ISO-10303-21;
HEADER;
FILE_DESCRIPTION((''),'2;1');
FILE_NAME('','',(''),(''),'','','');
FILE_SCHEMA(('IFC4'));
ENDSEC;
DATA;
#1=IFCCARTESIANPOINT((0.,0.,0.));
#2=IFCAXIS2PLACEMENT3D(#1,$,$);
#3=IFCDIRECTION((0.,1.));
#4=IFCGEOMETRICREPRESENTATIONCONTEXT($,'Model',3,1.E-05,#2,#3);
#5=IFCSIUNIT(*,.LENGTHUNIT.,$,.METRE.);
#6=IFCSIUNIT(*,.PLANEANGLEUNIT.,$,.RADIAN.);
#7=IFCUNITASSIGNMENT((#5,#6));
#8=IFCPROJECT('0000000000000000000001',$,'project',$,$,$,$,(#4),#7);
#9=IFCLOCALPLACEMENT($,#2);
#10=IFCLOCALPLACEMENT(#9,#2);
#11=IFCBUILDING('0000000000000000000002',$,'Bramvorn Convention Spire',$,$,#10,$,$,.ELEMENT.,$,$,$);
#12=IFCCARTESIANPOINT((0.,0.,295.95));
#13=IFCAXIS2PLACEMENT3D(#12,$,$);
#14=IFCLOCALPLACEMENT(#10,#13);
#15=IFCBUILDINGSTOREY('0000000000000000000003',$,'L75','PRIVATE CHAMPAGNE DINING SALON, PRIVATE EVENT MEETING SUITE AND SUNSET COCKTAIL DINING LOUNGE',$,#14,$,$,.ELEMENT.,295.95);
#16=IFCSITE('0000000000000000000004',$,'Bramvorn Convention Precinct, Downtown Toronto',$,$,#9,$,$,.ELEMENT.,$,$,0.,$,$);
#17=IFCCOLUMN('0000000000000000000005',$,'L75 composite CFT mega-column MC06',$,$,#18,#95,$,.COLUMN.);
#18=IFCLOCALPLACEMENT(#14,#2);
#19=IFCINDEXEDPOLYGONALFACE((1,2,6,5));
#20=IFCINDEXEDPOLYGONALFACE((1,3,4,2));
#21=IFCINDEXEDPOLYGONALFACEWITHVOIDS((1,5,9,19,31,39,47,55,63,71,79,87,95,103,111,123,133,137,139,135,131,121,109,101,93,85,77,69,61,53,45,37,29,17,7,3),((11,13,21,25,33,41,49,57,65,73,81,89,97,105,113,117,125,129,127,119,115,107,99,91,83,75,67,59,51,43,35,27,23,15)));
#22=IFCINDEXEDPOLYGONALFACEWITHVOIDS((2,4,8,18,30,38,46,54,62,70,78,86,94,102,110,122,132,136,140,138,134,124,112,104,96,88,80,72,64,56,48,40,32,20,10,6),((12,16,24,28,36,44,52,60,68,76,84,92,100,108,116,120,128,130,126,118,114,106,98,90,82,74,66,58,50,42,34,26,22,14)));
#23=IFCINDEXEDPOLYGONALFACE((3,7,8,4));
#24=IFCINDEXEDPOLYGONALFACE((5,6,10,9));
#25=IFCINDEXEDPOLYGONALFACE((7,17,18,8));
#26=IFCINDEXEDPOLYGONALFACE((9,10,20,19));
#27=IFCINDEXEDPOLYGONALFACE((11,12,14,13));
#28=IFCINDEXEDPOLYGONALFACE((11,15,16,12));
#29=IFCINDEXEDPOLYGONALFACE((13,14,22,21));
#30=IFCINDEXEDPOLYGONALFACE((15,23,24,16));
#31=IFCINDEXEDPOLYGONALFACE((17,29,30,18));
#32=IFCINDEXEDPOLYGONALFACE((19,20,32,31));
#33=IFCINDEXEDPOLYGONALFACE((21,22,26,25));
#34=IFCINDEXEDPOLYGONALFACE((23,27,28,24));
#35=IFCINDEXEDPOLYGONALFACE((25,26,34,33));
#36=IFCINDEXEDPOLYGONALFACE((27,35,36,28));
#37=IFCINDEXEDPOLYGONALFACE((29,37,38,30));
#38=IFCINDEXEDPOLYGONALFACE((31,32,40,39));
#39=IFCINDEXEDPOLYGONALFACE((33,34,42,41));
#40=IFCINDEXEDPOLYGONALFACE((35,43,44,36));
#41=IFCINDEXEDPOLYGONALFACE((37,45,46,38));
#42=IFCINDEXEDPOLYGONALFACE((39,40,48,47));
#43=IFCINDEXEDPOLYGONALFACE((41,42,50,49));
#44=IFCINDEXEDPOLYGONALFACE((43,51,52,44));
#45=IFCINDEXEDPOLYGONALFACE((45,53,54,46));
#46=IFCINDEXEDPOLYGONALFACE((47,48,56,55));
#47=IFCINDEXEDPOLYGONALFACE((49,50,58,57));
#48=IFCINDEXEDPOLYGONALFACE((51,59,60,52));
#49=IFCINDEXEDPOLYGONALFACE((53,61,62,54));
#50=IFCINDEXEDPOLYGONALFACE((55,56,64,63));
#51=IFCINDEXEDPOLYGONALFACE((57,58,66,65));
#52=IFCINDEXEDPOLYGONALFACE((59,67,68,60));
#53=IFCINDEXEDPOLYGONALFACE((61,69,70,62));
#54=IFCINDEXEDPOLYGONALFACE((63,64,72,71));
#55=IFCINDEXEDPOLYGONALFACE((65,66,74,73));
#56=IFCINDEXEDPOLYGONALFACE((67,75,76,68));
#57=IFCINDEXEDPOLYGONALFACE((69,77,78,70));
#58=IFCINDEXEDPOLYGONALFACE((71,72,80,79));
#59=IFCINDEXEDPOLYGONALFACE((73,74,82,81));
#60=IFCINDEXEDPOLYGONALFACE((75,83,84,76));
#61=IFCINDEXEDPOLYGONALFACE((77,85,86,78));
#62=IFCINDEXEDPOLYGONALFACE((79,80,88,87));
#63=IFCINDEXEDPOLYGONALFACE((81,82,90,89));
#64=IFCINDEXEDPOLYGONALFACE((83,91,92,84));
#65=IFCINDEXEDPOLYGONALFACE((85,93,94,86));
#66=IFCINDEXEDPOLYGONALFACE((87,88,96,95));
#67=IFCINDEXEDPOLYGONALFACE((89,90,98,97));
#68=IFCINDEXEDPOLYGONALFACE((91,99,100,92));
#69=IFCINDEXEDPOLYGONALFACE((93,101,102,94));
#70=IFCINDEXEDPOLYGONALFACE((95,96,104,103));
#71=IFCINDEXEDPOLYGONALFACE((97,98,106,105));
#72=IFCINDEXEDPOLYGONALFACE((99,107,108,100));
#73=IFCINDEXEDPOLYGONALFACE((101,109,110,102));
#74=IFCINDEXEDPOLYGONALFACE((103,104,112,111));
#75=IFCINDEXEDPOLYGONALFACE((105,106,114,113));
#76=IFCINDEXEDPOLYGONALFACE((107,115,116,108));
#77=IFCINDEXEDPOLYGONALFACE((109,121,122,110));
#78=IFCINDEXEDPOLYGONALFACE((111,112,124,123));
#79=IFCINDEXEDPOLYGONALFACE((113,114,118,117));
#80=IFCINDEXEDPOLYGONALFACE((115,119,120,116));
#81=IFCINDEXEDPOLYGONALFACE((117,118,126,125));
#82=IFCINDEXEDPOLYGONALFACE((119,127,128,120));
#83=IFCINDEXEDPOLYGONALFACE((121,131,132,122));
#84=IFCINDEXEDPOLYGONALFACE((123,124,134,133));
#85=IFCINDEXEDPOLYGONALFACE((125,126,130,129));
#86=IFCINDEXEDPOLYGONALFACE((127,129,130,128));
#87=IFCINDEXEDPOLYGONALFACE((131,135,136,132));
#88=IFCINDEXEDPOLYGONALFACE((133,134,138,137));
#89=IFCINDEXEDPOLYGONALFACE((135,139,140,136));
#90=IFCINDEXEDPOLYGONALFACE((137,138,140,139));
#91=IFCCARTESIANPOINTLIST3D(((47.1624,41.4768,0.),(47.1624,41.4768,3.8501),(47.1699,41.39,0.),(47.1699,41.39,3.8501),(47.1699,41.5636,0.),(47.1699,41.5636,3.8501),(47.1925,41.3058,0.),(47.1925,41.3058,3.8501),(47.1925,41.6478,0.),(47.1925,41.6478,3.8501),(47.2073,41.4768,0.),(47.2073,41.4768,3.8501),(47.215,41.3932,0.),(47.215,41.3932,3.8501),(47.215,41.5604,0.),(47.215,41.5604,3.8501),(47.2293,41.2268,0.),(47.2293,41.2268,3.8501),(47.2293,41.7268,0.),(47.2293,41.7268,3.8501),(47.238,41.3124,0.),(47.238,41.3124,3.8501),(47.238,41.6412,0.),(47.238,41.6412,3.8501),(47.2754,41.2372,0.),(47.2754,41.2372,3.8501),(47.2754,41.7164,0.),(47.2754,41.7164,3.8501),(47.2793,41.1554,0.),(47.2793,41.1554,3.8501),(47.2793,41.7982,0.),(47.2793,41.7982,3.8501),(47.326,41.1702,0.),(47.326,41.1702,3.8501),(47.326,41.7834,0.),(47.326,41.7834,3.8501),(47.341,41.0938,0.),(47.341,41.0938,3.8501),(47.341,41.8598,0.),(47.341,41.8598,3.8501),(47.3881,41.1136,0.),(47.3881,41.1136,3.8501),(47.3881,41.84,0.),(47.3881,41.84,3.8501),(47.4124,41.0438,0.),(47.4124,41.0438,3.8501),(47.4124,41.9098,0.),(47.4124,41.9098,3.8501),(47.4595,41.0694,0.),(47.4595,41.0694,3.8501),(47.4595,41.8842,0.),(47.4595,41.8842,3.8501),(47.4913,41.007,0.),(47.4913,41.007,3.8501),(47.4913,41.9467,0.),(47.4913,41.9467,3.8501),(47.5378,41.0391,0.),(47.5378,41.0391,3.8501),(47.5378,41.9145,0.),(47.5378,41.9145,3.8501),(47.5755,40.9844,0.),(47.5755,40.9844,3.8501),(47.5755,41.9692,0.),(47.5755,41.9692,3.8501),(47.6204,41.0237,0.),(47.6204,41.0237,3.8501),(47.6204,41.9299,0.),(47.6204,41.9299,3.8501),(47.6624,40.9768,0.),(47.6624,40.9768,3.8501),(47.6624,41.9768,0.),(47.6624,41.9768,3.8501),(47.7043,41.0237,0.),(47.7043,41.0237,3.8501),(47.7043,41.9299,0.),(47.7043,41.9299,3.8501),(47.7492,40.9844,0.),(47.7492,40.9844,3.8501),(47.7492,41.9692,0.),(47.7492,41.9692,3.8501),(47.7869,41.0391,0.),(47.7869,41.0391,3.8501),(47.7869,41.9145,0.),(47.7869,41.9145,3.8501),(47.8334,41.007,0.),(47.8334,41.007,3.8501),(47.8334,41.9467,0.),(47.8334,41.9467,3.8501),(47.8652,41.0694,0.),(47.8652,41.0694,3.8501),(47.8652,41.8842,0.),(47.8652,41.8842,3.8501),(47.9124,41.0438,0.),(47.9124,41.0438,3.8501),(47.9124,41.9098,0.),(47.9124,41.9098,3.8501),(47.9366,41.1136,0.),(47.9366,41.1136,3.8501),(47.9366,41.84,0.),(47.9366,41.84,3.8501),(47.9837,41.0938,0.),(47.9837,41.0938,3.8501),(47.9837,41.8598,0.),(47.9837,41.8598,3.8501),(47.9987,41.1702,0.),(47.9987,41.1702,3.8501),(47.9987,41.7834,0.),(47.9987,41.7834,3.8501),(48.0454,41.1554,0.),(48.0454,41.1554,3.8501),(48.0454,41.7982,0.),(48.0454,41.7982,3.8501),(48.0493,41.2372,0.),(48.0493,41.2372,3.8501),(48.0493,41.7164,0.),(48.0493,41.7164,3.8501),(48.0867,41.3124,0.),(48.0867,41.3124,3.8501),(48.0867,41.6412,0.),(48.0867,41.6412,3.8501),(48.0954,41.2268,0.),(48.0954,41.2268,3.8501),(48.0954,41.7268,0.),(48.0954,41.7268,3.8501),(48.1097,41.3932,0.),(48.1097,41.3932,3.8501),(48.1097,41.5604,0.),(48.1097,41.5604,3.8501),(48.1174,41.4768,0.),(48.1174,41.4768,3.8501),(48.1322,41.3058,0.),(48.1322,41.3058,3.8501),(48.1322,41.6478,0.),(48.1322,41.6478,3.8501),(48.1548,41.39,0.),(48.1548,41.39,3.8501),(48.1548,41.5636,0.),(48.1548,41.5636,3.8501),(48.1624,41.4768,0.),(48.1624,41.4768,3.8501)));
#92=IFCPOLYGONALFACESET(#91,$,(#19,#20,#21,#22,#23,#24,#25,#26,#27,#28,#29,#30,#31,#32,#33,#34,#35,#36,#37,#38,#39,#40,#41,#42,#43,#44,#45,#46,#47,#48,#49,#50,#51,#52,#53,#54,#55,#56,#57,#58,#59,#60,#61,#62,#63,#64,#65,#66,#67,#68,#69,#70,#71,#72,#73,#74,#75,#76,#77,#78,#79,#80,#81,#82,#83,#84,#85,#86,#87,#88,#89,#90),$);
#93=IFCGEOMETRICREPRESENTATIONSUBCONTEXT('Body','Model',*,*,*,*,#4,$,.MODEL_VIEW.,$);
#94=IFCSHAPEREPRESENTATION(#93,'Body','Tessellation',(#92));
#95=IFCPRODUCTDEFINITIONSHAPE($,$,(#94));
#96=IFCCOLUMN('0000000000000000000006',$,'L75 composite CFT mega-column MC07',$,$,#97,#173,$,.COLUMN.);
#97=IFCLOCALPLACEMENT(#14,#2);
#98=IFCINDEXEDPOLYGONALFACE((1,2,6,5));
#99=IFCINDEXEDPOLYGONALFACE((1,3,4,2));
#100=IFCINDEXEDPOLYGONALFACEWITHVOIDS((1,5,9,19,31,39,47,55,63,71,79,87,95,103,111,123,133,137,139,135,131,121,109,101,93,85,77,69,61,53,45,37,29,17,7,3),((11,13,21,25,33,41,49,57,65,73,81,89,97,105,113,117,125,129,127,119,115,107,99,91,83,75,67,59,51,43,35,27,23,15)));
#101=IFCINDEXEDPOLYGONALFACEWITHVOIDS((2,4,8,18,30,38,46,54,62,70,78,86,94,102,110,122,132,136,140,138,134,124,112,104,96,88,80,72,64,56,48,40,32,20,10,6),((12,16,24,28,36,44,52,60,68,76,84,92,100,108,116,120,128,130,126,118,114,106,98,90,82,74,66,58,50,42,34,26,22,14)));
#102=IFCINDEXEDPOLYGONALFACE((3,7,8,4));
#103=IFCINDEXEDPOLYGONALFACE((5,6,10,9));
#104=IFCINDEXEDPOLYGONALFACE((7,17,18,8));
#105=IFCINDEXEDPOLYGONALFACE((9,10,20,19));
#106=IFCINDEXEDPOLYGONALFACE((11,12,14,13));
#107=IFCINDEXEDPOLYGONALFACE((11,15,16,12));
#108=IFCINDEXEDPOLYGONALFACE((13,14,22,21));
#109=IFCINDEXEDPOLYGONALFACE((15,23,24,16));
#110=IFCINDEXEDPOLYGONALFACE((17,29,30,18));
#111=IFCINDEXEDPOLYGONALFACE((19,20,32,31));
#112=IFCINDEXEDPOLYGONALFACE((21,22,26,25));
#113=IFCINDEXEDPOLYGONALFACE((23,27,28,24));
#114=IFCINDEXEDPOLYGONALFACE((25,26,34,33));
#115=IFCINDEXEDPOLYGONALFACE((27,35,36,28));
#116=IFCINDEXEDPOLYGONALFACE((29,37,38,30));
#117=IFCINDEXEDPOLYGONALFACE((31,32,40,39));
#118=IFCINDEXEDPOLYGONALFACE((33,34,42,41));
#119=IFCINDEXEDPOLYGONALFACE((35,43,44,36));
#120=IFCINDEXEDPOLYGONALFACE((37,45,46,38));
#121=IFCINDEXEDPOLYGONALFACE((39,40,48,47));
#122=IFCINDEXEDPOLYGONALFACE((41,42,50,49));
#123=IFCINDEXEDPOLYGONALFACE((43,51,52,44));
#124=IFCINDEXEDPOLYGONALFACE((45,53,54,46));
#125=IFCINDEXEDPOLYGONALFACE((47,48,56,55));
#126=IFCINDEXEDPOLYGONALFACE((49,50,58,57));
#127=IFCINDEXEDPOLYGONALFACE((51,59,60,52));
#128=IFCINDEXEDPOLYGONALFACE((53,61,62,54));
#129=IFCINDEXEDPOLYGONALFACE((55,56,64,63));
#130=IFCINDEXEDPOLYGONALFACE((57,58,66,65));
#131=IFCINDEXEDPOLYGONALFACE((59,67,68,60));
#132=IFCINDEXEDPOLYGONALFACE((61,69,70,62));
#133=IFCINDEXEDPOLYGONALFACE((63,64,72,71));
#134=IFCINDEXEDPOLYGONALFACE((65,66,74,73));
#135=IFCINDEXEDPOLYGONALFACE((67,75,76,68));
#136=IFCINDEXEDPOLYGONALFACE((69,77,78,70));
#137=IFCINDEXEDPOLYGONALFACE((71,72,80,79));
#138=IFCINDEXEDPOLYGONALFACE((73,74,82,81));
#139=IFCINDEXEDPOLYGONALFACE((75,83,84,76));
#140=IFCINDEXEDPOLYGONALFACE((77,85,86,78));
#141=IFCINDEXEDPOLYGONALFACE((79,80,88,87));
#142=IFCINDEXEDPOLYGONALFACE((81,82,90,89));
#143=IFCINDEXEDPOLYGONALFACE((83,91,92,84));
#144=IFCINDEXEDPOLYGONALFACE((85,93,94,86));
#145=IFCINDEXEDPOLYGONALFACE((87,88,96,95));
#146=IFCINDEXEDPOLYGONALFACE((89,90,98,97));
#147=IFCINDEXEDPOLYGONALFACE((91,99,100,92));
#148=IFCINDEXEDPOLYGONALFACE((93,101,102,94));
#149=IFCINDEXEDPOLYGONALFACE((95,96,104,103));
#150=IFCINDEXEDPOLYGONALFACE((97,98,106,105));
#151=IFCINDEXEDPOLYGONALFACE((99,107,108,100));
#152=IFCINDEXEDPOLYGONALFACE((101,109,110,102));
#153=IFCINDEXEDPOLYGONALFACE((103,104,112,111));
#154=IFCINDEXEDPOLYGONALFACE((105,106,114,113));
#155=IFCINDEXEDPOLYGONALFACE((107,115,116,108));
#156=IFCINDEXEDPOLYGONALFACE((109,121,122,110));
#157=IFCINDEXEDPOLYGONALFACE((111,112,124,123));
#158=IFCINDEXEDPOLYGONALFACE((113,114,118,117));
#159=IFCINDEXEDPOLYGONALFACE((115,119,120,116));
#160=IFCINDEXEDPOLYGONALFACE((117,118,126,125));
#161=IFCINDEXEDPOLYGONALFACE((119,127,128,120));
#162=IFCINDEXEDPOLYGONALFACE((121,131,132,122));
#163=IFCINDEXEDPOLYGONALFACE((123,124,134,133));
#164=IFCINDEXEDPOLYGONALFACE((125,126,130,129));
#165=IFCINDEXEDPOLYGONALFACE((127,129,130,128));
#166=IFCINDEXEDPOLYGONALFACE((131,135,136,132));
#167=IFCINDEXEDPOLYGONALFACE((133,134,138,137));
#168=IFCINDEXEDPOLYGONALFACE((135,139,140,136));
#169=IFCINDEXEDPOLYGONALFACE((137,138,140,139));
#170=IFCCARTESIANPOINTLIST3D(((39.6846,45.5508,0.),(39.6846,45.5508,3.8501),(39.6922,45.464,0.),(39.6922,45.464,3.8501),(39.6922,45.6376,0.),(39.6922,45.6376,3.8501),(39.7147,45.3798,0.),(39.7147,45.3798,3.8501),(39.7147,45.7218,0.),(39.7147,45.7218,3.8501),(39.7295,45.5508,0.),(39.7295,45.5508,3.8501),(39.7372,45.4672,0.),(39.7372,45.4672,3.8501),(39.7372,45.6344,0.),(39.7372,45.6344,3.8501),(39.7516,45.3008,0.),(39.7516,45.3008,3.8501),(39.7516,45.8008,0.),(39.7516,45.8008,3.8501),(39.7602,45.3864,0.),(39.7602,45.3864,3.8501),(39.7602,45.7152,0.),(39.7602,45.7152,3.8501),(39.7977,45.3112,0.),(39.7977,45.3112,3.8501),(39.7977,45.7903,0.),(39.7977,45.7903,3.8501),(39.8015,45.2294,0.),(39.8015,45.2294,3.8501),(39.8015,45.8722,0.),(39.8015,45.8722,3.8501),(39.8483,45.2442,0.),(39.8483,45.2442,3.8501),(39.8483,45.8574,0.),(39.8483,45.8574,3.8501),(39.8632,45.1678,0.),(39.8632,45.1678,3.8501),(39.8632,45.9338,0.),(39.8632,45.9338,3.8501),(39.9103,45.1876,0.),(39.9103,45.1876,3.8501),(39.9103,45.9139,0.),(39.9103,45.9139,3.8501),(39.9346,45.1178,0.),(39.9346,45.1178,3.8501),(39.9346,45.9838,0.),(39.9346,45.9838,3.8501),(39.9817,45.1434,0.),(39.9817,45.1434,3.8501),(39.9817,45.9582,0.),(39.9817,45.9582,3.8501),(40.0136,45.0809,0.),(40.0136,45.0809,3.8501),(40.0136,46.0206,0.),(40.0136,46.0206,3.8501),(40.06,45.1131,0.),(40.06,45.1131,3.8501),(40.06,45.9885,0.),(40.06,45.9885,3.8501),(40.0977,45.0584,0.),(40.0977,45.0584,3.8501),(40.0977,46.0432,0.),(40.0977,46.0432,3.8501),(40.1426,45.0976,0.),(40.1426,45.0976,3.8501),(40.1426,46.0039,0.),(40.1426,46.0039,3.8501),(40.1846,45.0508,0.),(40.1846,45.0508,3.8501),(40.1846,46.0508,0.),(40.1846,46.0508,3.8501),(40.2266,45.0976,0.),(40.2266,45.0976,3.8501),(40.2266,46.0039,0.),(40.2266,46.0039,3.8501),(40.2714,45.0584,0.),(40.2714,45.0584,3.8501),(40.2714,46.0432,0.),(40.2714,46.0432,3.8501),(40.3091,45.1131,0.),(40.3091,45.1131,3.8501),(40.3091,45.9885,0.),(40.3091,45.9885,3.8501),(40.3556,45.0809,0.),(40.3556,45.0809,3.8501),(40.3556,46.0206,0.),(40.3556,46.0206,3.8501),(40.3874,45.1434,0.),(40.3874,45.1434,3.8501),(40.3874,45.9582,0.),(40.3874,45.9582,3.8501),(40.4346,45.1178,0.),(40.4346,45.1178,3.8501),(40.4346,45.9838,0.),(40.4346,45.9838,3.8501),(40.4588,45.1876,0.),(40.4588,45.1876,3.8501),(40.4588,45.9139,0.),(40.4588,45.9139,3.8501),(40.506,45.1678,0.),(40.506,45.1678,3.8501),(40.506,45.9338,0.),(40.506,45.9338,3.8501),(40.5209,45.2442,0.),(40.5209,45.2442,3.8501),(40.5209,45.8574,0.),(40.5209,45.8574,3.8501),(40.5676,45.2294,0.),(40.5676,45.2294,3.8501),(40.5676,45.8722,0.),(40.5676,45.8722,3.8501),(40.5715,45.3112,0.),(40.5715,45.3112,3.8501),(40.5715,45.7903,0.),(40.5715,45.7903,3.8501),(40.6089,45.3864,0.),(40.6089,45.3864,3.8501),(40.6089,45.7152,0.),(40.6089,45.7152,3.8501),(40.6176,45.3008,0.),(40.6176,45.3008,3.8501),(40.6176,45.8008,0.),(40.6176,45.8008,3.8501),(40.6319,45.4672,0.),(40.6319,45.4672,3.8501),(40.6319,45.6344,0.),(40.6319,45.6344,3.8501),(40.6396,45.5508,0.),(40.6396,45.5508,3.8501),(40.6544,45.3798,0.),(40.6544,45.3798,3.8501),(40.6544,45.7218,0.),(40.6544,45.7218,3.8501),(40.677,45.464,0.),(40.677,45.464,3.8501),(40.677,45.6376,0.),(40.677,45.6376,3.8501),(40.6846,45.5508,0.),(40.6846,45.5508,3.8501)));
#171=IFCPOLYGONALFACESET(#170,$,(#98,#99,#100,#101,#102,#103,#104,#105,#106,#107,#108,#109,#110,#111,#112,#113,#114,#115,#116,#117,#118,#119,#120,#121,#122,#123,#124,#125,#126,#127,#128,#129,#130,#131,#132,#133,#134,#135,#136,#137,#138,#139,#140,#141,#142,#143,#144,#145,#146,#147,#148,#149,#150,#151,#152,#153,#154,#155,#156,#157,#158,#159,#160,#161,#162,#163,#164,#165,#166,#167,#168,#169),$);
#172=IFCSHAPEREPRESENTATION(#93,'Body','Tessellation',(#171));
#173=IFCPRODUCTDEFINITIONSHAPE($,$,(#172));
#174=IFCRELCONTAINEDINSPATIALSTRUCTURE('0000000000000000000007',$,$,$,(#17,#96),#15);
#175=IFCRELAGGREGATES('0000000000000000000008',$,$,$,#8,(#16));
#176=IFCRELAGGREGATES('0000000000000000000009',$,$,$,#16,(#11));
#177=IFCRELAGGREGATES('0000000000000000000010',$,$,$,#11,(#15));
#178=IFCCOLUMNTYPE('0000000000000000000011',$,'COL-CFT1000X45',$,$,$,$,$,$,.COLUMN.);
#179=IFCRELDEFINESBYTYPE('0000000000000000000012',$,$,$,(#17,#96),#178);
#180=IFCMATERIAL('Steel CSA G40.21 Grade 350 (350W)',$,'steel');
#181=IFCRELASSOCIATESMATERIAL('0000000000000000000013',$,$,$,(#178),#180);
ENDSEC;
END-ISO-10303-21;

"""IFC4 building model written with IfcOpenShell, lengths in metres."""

from ifc_helpers import new_model, si_unit, direction, frame, origin, origin_2d, place, context, subcontext, project, spatial, hollow_circle, extrude, material, material_profile, profile_set, type_object, element, save


model = new_model("IFC4")

# Units and contexts
model_context = context("Model", 3, precision=1e-05, world=origin(), true_north=direction((0.0, 1.0)))
body_context = subcontext(model_context, "Body", "Model", "MODEL_VIEW")
ifc_project = project(units=[si_unit("LENGTHUNIT", "METRE"), si_unit("PLANEANGLEUNIT", "RADIAN")], contexts=[model_context])

# Site, building, storey
site_placement = place(None, origin())
site = spatial("IfcSite", under=ifc_project, at=site_placement, Name="Bramvorn Convention Precinct, Downtown Toronto", CompositionType="ELEMENT", RefElevation=0.0)
building_placement = place(site_placement, origin())
building = spatial("IfcBuilding", under=site, at=building_placement, Name="Bramvorn Convention Spire", CompositionType="ELEMENT")
storey_placement = place(building_placement, frame((0.0, 0.0, 295.95)))
storey = spatial("IfcBuildingStorey", under=building, at=storey_placement, Name="L75", Description="PRIVATE CHAMPAGNE DINING SALON, PRIVATE EVENT MEETING SUITE AND SUNSET COCKTAIL DINING LOUNGE", CompositionType="ELEMENT", Elevation=295.95)

# Columns
ifc_material_1 = material(Name="Steel CSA G40.21 Grade 350 (350W)", Category="steel")
ifc_material_profile_1 = material_profile(ifc_material_1, hollow_circle(Radius=0.5, WallThickness=0.0449, at=origin_2d()))
ifc_profile_set_1 = profile_set([ifc_material_profile_1], Name="Steel CSA G40.21 Grade 350 (350W) - CFT1000X45")
column_type = type_object("IfcColumnType", Name="COL-CFT1000X45", PredefinedType="COLUMN", material=ifc_profile_set_1)
for number, where, z_axis, x_axis, name in (
    (1, (47.6624, 41.4768, 0.0), (0.0, 0.0, 1.0), (1.0, 0.0, 0.0), "L75 composite CFT mega-column MC06"),
    (2, (40.1846, 45.5508, 0.0), (0.0, 0.0, 1.0), (1.0, 0.0, 0.0), "L75 composite CFT mega-column MC07"),
):
    element("IfcColumn", number, at=place(storey_placement, frame(where, z_axis=z_axis, x_axis=x_axis)), inside=storey, type_object=column_type, Name=name, PredefinedType="COLUMN", context=body_context, shape_type="SweptSolid", body=[
        extrude(hollow_circle(Radius=0.5, WallThickness=0.0449, at=origin_2d()), origin(), (0.0, 0.0, 1.0), 3.8501),
    ])

save(model, "model.ifc")
